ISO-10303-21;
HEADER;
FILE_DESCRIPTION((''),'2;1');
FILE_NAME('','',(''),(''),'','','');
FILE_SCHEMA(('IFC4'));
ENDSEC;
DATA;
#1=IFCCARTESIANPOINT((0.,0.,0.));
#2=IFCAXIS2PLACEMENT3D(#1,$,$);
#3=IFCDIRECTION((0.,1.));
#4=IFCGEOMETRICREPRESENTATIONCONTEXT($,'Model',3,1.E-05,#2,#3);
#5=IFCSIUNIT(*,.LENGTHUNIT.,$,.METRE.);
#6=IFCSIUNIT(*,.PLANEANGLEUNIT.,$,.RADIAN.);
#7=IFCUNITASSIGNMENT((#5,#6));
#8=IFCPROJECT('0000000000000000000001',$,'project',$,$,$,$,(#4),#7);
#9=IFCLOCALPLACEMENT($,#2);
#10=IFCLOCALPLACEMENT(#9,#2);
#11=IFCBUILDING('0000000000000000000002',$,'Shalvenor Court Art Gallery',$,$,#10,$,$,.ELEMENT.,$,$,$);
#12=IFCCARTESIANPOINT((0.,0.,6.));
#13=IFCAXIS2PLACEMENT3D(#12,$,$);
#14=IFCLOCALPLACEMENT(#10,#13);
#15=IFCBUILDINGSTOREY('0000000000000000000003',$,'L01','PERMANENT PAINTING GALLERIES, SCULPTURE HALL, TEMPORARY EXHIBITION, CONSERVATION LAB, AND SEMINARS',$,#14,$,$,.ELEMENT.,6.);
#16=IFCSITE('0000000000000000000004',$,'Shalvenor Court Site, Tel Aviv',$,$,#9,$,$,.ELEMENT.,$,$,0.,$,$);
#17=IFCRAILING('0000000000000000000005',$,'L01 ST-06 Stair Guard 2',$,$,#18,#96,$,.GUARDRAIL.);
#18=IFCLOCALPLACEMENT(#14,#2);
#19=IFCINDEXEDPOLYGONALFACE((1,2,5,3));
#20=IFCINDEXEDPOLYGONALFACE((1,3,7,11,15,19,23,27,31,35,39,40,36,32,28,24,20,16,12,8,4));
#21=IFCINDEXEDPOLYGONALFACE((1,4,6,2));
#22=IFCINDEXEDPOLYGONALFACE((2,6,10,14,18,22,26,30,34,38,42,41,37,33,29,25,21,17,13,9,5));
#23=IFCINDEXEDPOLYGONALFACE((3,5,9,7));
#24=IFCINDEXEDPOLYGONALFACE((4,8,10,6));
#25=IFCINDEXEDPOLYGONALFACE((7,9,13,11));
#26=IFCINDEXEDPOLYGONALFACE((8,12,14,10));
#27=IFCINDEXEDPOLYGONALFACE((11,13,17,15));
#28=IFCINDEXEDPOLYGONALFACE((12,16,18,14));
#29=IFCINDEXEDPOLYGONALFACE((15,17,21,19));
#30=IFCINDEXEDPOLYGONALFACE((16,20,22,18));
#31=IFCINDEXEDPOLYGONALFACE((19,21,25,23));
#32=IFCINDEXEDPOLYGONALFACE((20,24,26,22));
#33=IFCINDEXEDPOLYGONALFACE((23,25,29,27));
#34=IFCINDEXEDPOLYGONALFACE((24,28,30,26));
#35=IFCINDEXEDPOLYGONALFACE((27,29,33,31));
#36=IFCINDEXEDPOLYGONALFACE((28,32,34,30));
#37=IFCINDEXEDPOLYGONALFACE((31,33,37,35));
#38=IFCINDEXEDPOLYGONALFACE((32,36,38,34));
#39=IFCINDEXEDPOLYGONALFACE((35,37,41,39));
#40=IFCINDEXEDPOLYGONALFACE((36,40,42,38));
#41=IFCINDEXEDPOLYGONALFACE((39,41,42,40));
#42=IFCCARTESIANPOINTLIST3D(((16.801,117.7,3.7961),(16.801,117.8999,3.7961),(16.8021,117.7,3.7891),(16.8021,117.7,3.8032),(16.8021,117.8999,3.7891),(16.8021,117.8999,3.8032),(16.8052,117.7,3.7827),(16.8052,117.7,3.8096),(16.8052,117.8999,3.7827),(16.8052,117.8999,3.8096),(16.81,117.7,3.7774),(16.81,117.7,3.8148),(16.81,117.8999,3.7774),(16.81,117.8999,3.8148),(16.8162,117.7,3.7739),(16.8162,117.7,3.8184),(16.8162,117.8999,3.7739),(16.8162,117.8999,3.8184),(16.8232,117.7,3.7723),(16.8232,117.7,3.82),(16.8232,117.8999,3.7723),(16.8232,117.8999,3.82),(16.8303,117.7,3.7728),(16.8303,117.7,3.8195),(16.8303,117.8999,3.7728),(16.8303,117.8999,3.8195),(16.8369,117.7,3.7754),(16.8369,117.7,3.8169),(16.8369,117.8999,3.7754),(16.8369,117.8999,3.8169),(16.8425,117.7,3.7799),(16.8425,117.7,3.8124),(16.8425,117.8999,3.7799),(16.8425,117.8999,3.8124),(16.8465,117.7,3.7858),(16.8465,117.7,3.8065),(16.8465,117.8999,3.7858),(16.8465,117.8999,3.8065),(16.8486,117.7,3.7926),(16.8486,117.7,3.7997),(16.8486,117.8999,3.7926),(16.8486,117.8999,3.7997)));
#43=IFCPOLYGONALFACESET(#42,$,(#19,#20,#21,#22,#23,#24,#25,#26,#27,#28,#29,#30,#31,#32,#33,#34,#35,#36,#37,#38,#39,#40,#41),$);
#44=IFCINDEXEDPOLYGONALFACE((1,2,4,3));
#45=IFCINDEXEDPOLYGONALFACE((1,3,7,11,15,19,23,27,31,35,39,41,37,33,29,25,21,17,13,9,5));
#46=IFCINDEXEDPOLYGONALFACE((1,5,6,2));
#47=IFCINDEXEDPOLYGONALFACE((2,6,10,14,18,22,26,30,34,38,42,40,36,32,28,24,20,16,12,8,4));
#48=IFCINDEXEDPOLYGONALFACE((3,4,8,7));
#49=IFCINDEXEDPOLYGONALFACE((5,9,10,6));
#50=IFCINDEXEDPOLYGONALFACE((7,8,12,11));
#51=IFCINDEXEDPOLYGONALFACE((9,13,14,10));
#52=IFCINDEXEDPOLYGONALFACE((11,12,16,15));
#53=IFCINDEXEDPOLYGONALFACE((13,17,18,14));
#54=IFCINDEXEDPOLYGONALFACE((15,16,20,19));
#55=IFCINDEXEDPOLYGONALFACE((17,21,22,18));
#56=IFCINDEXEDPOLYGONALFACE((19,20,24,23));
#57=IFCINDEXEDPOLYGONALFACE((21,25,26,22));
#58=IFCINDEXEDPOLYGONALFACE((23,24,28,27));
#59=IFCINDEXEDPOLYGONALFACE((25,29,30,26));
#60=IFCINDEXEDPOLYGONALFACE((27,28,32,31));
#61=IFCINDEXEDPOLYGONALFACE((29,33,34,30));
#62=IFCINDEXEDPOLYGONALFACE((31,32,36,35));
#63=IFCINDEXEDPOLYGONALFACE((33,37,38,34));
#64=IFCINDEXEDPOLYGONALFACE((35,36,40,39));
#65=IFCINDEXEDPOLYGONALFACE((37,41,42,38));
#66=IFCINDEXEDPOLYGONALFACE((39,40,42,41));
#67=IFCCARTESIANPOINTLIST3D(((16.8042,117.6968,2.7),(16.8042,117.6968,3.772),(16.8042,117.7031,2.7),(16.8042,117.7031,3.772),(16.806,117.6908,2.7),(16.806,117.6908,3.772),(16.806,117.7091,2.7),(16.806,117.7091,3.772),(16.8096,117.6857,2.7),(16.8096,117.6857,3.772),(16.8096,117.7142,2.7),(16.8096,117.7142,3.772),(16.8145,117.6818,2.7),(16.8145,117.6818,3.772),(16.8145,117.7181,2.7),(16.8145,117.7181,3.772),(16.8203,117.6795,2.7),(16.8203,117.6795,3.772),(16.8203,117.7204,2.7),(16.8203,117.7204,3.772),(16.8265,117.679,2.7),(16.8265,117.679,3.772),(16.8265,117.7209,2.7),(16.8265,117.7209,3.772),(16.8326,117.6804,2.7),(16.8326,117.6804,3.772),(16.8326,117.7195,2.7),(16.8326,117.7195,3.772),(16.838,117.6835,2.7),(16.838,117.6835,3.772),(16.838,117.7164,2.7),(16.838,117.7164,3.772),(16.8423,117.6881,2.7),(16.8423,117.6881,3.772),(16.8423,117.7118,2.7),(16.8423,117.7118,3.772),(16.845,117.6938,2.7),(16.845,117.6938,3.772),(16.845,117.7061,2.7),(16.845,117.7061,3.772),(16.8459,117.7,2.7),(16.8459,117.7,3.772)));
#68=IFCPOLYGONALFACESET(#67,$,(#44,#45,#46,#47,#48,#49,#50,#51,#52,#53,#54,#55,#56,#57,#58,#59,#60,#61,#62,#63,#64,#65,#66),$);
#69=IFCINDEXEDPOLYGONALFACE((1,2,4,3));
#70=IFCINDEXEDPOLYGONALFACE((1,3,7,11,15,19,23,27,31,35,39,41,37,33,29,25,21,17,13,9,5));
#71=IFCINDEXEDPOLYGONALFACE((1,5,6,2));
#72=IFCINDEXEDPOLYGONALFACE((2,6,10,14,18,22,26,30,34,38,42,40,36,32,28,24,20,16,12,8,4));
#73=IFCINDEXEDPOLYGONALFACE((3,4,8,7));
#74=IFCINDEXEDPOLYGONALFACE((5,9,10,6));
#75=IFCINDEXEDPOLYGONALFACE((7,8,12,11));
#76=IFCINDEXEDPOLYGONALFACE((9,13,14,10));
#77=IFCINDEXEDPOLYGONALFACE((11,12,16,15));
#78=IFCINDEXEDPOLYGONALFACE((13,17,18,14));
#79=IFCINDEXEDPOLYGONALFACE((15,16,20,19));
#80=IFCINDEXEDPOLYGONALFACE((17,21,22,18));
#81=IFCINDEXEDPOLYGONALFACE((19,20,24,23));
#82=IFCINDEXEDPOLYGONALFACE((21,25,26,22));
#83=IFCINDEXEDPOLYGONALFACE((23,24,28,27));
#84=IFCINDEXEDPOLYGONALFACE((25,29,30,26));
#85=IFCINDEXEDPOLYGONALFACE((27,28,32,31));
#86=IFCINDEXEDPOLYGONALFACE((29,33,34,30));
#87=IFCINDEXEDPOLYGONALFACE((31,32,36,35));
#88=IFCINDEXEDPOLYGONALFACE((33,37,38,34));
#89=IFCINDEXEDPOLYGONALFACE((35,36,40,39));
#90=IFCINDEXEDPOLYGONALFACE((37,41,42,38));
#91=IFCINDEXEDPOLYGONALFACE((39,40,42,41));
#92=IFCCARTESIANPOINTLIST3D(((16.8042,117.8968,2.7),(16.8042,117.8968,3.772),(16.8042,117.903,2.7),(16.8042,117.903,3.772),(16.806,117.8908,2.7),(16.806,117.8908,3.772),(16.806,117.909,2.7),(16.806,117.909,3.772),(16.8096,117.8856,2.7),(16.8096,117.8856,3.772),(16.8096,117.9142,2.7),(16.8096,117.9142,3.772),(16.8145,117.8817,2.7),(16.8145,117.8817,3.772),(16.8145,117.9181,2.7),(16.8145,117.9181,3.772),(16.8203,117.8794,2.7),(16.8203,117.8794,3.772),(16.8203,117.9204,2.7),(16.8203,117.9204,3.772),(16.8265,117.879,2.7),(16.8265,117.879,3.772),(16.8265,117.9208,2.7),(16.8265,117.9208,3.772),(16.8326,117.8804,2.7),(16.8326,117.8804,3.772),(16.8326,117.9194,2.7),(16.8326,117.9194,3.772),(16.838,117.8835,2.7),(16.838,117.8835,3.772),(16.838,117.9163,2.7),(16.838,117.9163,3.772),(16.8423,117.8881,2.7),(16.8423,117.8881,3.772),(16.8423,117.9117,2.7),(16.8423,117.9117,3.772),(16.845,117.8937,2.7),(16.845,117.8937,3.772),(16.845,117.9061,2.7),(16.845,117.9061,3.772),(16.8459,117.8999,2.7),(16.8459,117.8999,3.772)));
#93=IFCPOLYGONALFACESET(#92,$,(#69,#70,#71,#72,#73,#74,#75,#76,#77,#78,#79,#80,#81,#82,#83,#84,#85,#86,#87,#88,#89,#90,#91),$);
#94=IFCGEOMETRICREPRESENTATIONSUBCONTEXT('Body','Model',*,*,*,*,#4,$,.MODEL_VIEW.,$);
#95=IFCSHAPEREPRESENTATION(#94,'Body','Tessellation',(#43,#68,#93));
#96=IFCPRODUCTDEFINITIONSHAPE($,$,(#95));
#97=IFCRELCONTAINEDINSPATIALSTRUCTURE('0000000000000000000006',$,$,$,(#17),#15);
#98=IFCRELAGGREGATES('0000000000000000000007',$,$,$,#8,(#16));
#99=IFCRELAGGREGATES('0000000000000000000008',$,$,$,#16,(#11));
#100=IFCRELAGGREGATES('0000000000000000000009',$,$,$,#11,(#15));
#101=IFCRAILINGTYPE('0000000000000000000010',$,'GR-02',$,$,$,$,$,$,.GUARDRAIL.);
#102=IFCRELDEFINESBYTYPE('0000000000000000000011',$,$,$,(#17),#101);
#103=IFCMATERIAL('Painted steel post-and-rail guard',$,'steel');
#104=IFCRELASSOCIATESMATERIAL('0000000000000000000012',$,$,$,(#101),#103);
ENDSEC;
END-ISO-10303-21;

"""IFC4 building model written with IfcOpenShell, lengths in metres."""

from ifc_helpers import new_model, si_unit, direction, frame, origin, origin_2d, place, context, subcontext, project, spatial, circle, extrude, material, type_object, element, save


model = new_model("IFC4")

# Units and contexts
model_context = context("Model", 3, precision=1e-05, world=origin(), true_north=direction((0.0, 1.0)))
body_context = subcontext(model_context, "Body", "Model", "MODEL_VIEW")
ifc_project = project(units=[si_unit("LENGTHUNIT", "METRE"), si_unit("PLANEANGLEUNIT", "RADIAN")], contexts=[model_context])

# Site, building, storey
site_placement = place(None, origin())
site = spatial("IfcSite", under=ifc_project, at=site_placement, Name="Shalvenor Court Site, Tel Aviv", CompositionType="ELEMENT", RefElevation=0.0)
building_placement = place(site_placement, origin())
building = spatial("IfcBuilding", under=site, at=building_placement, Name="Shalvenor Court Art Gallery", CompositionType="ELEMENT")
storey_placement = place(building_placement, frame((0.0, 0.0, 6.0)))
storey = spatial("IfcBuildingStorey", under=building, at=storey_placement, Name="L01", Description="PERMANENT PAINTING GALLERIES, SCULPTURE HALL, TEMPORARY EXHIBITION, CONSERVATION LAB, AND SEMINARS", CompositionType="ELEMENT", Elevation=6.0)

# Railing
ifc_material_1 = material(Name="Painted steel post-and-rail guard", Category="steel")
railing_type_1 = type_object("IfcRailingType", Name="GR-02", PredefinedType="GUARDRAIL", material=ifc_material_1)
railing_1_placement = place(storey_placement, frame((16.825, 117.7, 2.7)))
element("IfcRailing", 1, at=railing_1_placement, inside=storey, type_object=railing_type_1, Name="L01 ST-06 Stair Guard 2", PredefinedType="GUARDRAIL", context=body_context, shape_type="SweptSolid", body=[
    extrude(circle(Radius=0.0239, at=origin_2d()), frame((0.0, 0.0, 1.0962), z_axis=(0.0, 1.0, 0.0), x_axis=(-1.0, 0.0, 0.0)), (0.0, 0.0, 1.0), 0.2),
    extrude(circle(Radius=0.021, at=origin_2d()), origin(), (0.0, 0.0, 1.0), 1.072),
    extrude(circle(Radius=0.021, at=origin_2d()), frame((0.0, 0.2, 0.0)), (0.0, 0.0, 1.0), 1.072),
])

save(model, "model.ifc")
